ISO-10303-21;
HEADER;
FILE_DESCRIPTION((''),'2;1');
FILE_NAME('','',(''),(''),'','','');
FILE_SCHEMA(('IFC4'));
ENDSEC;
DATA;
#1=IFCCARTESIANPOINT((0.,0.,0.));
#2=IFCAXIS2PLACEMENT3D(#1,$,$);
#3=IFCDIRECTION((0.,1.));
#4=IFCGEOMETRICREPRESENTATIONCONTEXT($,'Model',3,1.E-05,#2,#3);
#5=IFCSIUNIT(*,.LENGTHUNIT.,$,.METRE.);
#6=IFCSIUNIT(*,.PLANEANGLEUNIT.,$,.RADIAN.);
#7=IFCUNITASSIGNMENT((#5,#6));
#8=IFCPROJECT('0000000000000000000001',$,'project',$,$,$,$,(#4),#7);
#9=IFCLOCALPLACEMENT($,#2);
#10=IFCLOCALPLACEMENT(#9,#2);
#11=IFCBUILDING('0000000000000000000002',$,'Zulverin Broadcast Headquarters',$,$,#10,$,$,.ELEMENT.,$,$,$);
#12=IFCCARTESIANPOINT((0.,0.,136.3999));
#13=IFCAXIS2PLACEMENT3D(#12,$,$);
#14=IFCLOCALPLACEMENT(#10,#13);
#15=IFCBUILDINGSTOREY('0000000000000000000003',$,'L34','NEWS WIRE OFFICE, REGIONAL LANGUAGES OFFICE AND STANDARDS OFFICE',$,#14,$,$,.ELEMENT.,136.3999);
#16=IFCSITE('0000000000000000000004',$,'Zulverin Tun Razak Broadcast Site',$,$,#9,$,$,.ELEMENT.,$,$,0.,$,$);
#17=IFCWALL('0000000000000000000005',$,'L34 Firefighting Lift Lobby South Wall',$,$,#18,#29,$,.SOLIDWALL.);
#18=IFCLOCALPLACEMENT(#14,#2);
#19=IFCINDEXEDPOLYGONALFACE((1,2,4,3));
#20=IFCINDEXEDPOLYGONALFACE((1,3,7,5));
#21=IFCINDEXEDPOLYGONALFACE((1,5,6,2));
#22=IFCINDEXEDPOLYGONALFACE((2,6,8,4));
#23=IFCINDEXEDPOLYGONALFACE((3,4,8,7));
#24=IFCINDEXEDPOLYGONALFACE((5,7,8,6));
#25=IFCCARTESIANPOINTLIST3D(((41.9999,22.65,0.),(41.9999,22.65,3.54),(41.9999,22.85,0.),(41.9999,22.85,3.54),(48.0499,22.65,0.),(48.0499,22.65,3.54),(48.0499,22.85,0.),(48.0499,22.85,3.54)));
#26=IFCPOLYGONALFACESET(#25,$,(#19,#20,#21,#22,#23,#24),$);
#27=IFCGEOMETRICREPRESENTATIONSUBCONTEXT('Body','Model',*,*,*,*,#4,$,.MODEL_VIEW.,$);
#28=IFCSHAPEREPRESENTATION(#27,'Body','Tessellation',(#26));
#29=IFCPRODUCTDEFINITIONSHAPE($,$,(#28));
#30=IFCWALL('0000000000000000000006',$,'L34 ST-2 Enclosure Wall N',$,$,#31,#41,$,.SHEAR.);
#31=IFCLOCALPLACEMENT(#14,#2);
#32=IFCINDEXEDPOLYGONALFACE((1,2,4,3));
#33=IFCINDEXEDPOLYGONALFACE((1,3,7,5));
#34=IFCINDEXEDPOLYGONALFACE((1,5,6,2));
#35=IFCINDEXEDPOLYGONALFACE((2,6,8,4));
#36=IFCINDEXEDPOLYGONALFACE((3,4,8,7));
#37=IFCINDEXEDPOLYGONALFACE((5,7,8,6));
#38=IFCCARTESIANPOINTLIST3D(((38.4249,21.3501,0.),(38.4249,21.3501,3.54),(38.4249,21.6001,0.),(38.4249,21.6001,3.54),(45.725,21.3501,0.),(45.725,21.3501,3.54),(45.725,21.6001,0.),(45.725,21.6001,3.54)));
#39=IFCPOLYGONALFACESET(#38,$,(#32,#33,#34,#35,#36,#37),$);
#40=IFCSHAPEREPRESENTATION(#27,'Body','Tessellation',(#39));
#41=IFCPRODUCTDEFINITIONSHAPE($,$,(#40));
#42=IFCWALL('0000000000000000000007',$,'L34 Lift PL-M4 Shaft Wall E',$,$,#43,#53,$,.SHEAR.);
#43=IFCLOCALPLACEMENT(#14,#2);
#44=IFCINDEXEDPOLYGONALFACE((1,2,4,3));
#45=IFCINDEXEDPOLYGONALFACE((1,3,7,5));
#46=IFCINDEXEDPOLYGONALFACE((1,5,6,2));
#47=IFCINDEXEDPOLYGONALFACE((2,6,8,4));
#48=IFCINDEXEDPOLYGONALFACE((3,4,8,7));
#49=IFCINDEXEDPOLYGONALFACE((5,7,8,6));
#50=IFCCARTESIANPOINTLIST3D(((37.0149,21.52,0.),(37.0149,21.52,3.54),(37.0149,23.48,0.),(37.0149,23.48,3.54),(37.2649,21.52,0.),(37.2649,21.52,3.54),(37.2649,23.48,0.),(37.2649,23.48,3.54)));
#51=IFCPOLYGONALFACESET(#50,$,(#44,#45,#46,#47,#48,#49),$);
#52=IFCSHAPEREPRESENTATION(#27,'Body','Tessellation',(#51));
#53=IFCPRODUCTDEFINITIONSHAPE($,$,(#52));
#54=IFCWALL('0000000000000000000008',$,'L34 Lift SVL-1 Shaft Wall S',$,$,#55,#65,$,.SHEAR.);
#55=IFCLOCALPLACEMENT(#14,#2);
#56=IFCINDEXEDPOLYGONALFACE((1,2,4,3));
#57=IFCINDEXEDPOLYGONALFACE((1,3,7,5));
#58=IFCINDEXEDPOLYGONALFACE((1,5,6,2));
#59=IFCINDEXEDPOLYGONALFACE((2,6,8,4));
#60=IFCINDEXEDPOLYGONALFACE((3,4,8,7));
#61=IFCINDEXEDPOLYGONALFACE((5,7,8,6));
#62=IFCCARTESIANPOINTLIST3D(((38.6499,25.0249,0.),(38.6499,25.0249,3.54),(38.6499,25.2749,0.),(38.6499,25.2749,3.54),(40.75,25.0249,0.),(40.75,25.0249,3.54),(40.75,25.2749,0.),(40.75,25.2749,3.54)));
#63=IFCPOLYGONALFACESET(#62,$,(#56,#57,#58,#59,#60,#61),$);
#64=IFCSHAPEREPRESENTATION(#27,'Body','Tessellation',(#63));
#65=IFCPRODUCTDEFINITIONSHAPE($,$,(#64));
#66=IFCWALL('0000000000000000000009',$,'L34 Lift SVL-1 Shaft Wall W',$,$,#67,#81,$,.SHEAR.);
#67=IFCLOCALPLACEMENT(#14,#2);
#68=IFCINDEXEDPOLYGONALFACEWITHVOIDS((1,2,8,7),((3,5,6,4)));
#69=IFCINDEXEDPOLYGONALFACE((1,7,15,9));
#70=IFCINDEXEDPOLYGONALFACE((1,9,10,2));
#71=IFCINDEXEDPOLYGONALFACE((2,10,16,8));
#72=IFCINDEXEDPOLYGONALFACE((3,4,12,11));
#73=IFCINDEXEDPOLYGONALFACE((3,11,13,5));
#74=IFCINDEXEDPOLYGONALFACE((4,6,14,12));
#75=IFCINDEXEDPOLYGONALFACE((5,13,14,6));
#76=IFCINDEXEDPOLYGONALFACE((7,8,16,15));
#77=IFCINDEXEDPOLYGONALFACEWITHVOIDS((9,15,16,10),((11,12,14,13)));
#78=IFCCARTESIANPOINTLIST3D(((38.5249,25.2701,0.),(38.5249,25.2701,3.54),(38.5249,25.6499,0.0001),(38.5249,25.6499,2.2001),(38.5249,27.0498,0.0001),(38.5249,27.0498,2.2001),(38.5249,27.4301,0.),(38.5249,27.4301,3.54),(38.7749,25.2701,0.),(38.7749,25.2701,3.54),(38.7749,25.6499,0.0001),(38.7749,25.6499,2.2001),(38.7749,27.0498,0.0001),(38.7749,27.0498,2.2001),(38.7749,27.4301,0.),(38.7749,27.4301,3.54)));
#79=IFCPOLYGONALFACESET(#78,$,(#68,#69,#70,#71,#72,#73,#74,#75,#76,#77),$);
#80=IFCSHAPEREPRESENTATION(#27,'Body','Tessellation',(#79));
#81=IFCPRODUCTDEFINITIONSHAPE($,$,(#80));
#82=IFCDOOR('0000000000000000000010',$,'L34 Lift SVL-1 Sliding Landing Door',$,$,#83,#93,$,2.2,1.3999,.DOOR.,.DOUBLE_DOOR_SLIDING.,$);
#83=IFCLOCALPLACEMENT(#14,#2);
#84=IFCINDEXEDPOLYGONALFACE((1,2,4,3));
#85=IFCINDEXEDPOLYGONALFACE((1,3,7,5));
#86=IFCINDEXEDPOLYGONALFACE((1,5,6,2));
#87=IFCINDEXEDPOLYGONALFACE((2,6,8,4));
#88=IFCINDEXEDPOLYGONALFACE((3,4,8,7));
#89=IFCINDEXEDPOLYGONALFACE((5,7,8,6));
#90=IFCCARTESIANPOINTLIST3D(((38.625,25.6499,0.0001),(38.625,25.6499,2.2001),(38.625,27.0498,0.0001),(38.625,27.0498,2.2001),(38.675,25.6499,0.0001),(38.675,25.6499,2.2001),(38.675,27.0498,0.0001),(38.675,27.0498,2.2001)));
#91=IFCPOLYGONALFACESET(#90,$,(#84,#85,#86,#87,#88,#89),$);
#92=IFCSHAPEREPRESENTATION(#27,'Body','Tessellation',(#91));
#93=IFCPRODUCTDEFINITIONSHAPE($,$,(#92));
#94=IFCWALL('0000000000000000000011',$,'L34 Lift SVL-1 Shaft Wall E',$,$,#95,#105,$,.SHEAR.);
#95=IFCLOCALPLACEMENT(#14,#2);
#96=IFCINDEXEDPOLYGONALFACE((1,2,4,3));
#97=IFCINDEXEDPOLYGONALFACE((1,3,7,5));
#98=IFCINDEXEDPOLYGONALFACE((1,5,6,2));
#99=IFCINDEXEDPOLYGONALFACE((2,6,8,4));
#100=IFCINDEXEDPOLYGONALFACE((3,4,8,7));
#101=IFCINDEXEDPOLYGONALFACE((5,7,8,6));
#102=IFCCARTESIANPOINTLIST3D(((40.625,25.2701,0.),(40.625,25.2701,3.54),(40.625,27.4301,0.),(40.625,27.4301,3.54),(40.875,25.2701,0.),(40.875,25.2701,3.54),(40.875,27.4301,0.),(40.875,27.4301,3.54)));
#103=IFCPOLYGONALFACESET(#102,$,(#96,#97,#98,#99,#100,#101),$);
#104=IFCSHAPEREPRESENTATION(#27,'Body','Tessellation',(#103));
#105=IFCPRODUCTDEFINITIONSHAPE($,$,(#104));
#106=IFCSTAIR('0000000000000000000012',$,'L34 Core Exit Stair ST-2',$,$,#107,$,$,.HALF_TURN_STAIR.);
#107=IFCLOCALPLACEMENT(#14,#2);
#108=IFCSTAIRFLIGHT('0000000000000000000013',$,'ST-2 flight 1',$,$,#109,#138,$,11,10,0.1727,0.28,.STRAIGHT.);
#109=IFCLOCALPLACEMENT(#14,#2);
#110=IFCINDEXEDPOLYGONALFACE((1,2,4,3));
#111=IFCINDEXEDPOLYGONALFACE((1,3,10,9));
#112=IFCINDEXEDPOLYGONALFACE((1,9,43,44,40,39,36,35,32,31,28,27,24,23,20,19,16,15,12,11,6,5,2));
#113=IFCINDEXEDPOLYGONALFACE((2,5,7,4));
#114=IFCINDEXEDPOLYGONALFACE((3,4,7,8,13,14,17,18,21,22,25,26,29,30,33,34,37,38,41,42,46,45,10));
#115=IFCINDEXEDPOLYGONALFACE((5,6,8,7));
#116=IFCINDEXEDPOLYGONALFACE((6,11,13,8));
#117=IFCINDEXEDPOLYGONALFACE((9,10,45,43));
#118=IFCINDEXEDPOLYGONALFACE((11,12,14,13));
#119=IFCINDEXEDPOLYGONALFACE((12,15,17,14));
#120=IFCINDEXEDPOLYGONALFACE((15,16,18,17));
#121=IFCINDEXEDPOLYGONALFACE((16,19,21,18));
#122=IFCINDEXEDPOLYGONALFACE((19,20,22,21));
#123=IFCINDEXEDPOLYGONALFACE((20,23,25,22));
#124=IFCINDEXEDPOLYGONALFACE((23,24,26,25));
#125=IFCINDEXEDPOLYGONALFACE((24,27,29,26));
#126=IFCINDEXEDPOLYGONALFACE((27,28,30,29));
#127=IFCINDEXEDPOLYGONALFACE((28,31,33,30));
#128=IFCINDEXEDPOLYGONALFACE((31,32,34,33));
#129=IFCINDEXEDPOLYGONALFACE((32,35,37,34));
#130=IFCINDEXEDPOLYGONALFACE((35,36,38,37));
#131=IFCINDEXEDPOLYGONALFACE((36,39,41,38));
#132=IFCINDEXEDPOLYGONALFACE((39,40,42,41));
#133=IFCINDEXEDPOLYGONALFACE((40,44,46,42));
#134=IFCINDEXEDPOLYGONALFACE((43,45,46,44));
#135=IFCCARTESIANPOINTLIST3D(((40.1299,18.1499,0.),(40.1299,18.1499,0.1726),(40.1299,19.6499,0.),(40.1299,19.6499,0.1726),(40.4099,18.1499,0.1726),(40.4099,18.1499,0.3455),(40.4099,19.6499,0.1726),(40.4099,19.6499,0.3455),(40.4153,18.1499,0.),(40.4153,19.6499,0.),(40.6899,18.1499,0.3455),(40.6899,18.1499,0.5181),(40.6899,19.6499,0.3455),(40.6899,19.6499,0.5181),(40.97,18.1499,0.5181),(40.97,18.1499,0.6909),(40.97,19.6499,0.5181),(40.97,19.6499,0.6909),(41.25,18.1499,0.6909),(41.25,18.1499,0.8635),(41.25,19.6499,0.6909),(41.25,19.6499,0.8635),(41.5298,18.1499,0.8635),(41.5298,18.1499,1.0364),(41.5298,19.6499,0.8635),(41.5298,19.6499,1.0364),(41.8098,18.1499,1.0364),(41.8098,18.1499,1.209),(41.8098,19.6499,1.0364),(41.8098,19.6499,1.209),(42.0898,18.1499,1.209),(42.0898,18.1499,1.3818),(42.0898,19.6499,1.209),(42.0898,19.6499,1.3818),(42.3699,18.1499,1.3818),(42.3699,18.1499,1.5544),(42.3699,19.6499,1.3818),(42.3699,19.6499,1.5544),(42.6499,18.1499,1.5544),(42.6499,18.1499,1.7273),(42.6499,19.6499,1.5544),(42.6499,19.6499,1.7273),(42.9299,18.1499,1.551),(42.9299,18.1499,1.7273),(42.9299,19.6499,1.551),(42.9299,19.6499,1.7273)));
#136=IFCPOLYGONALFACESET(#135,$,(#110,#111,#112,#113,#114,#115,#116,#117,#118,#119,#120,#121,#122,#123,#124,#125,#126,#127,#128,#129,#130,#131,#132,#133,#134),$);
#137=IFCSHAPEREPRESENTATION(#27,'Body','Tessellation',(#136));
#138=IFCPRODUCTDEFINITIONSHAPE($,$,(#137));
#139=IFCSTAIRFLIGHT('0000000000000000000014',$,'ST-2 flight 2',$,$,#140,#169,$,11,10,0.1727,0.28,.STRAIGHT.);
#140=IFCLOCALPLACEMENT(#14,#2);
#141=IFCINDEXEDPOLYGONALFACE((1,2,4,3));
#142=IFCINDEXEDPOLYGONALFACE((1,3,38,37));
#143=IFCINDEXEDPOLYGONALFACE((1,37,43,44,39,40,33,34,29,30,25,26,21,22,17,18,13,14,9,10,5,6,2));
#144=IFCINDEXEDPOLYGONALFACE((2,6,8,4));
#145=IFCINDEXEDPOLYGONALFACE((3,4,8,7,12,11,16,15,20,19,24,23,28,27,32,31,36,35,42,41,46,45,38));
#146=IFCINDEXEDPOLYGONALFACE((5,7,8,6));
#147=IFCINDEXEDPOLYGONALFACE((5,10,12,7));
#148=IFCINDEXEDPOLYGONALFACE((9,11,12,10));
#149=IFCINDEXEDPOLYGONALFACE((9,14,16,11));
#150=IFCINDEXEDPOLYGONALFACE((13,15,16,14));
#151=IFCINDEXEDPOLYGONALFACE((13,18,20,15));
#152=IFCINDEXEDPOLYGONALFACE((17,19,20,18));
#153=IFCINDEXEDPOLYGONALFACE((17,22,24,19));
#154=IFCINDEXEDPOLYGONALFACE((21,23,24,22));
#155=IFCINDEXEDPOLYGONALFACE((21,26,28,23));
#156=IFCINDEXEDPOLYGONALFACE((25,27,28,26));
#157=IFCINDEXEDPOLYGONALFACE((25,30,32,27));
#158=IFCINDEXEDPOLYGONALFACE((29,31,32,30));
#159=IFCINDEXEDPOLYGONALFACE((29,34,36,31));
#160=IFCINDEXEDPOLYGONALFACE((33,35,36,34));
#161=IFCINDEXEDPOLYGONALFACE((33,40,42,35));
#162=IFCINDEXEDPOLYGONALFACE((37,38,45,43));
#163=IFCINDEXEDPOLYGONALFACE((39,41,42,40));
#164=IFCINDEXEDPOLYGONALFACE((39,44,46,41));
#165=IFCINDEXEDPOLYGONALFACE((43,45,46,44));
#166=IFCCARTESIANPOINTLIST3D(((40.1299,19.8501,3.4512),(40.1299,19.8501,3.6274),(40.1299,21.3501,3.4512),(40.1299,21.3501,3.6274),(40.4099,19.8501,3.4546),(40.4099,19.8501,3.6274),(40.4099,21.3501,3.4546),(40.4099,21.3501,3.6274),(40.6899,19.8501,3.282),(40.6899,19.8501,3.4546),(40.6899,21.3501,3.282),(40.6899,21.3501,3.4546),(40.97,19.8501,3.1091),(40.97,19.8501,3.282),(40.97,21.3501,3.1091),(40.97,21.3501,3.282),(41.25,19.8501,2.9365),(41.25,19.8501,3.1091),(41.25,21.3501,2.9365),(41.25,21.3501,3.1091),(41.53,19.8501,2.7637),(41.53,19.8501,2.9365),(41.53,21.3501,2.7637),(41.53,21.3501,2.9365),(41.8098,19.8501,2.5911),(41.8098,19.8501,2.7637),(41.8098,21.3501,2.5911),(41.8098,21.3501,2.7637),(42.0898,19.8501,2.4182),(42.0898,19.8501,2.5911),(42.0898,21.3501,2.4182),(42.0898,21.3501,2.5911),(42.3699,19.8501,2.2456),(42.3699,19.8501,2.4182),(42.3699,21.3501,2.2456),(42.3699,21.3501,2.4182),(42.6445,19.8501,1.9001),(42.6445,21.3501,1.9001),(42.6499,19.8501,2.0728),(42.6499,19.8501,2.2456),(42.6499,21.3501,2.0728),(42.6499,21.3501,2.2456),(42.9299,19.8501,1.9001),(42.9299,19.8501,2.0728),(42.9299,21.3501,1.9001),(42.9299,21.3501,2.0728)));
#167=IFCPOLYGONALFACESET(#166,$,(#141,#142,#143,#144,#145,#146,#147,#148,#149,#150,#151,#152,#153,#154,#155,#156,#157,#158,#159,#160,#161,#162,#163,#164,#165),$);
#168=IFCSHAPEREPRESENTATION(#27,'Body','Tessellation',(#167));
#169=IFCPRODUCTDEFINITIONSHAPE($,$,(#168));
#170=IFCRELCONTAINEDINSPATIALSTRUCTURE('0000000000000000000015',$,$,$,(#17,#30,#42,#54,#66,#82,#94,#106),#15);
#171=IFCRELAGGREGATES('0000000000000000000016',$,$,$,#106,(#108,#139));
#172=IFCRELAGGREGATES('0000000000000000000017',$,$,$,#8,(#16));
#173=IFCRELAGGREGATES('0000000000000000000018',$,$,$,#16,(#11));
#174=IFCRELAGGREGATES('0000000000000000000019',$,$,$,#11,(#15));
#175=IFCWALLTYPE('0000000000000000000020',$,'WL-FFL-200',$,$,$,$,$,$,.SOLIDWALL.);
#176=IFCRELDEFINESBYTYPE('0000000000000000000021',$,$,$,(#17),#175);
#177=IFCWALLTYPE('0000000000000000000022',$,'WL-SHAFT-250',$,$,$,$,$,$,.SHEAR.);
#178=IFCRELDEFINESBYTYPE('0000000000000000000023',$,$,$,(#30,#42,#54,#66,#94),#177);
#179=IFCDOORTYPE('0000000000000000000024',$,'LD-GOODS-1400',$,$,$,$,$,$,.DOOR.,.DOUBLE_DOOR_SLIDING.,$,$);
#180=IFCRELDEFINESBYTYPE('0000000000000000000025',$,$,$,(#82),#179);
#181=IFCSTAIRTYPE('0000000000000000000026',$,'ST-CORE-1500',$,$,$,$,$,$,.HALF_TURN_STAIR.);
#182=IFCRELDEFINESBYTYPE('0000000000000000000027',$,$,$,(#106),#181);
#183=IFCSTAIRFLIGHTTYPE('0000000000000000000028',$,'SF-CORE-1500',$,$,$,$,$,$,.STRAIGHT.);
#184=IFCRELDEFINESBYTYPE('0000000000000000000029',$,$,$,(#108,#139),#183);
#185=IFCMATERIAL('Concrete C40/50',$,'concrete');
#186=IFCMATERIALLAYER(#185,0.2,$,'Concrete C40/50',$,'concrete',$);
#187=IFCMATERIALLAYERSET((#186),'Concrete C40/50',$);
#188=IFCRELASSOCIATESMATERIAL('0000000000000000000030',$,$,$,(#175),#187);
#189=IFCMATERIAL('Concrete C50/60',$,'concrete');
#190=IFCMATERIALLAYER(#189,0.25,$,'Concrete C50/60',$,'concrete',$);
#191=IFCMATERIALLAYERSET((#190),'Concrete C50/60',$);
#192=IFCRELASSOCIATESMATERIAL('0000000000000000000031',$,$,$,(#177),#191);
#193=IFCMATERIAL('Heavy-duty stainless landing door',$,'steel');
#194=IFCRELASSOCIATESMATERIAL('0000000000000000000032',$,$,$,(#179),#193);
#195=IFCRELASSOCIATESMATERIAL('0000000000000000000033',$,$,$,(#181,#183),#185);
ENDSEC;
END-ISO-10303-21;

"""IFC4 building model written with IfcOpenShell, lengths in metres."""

from ifc_helpers import new_model, si_unit, direction, frame, frame_2d, origin, place, context, subcontext, project, spatial, polyline, rectangle, outline, extrude, material, layer, layer_set, type_object, element, fill, aggregate, save


model = new_model("IFC4")

# Units and contexts
model_context = context("Model", 3, precision=1e-05, world=origin(), true_north=direction((0.0, 1.0)))
body_context = subcontext(model_context, "Body", "Model", "MODEL_VIEW")
ifc_project = project(units=[si_unit("LENGTHUNIT", "METRE"), si_unit("PLANEANGLEUNIT", "RADIAN")], contexts=[model_context])

# Site, building, storey
site_placement = place(None, origin())
site = spatial("IfcSite", under=ifc_project, at=site_placement, Name="Zulverin Tun Razak Broadcast Site", CompositionType="ELEMENT", RefElevation=0.0)
building_placement = place(site_placement, origin())
building = spatial("IfcBuilding", under=site, at=building_placement, Name="Zulverin Broadcast Headquarters", CompositionType="ELEMENT")
storey_placement = place(building_placement, frame((0.0, 0.0, 136.3999)))
storey = spatial("IfcBuildingStorey", under=building, at=storey_placement, Name="L34", Description="NEWS WIRE OFFICE, REGIONAL LANGUAGES OFFICE AND STANDARDS OFFICE", CompositionType="ELEMENT", Elevation=136.3999)

# Shared definitions
ifc_material_1 = material(Name="Concrete C40/50", Category="concrete")
ifc_layer_1 = layer(ifc_material_1, 0.2, Name="Concrete C40/50", Category="concrete")
ifc_layer_set_1 = layer_set([ifc_layer_1], Name="Concrete C40/50")
wall_type_1 = type_object("IfcWallType", Name="WL-FFL-200", PredefinedType="SOLIDWALL", material=ifc_layer_set_1)

# Walls
wall_1_placement = place(storey_placement, frame((42.0, 22.75, 0.0), z_axis=(0.0, 0.0, 1.0), x_axis=(1.0, 0.0, 0.0)))
element("IfcWall", 1, at=wall_1_placement, inside=storey, type_object=wall_type_1, Name="L34 Firefighting Lift Lobby South Wall", PredefinedType="SOLIDWALL", context=body_context, shape_type="SweptSolid", body=[
    extrude(rectangle(XDim=6.05, YDim=0.2, at=frame_2d((3.0249, 0.0))), origin(), (0.0, 0.0, 1.0), 3.54),
])
ifc_material_2 = material(Name="Concrete C50/60", Category="concrete")
ifc_layer_2 = layer(ifc_material_2, 0.25, Name="Concrete C50/60", Category="concrete")
ifc_layer_set_2 = layer_set([ifc_layer_2], Name="Concrete C50/60")
wall_type_2 = type_object("IfcWallType", Name="WL-SHAFT-250", PredefinedType="SHEAR", material=ifc_layer_set_2)
wall_2_placement = place(storey_placement, frame((38.425, 21.4751, 0.0), z_axis=(0.0, 0.0, 1.0), x_axis=(1.0, 0.0, 0.0)))
element("IfcWall", 2, at=wall_2_placement, inside=storey, type_object=wall_type_2, Name="L34 ST-2 Enclosure Wall N", PredefinedType="SHEAR", context=body_context, shape_type="SweptSolid", body=[
    extrude(rectangle(XDim=7.3, YDim=0.25, at=frame_2d((3.6499, 0.0))), origin(), (0.0, 0.0, 1.0), 3.54),
])
wall_3_placement = place(storey_placement, frame((37.1399, 21.52, 0.0), z_axis=(0.0, 0.0, 1.0), x_axis=(0.0, 1.0, 0.0)))
element("IfcWall", 3, at=wall_3_placement, inside=storey, type_object=wall_type_2, Name="L34 Lift PL-M4 Shaft Wall E", PredefinedType="SHEAR", context=body_context, shape_type="SweptSolid", body=[
    extrude(rectangle(XDim=1.96, YDim=0.25, at=frame_2d((0.98, 0.0))), origin(), (0.0, 0.0, 1.0), 3.54),
])

# Wall
wall_4_placement = place(storey_placement, frame((38.6499, 25.1499, 0.0), z_axis=(0.0, 0.0, 1.0), x_axis=(1.0, 0.0, 0.0)))
element("IfcWall", 4, at=wall_4_placement, inside=storey, type_object=wall_type_2, Name="L34 Lift SVL-1 Shaft Wall S", PredefinedType="SHEAR", context=body_context, shape_type="SweptSolid", body=[
    extrude(rectangle(XDim=2.1001, YDim=0.25, at=frame_2d((1.05, 0.0))), origin(), (0.0, 0.0, 1.0), 3.54),
])

# Wall, opening, door
wall_5_placement = place(storey_placement, frame((38.6499, 25.27, 0.0), z_axis=(0.0, 0.0, 1.0), x_axis=(0.0, 1.0, 0.0)))
wall_5 = element("IfcWall", 5, at=wall_5_placement, inside=storey, type_object=wall_type_2, Name="L34 Lift SVL-1 Shaft Wall W", PredefinedType="SHEAR", context=body_context, shape_type="SweptSolid", body=[
    extrude(rectangle(XDim=2.1599, YDim=0.25, at=frame_2d((1.0801, 0.0))), origin(), (0.0, 0.0, 1.0), 3.54),
])
opening_1_placement = place(wall_5_placement, frame((0.3799, 0.0, 0.0)))
opening_1 = element("IfcOpeningElement", 6, at=opening_1_placement, cuts=wall_5, PredefinedType="OPENING", context=body_context, shape_type="SweptSolid", body=[
    extrude(rectangle(XDim=1.3999, YDim=2.2, at=frame_2d((0.7, 1.1001))), frame((0.0, 0.135, 0.0), z_axis=(0.0, -1.0, 0.0), x_axis=(1.0, 0.0, 0.0)), (0.0, 0.0, 1.0), 0.27),
])
ifc_material_3 = material(Name="Heavy-duty stainless landing door", Category="steel")
door_type_1 = type_object("IfcDoorType", Name="LD-GOODS-1400", OperationType="DOUBLE_DOOR_SLIDING", PredefinedType="DOOR", material=ifc_material_3)
door_1_placement = place(opening_1_placement, origin())
door_1 = element("IfcDoor", 7, at=door_1_placement, inside=storey, type_object=door_type_1, Name="L34 Lift SVL-1 Sliding Landing Door", OperationType="DOUBLE_DOOR_SLIDING", OverallHeight=2.2, OverallWidth=1.3999, PredefinedType="DOOR", context=body_context, shape_type="SweptSolid", body=[
    extrude(rectangle(XDim=1.3999, YDim=2.2, at=frame_2d((0.7, 1.1001))), frame((0.0, 0.0249, 0.0), z_axis=(0.0, -1.0, 0.0), x_axis=(1.0, 0.0, 0.0)), (0.0, 0.0, 1.0), 0.05),
])
fill(opening_1, door_1)

# Wall
wall_6_placement = place(storey_placement, frame((40.75, 25.27, 0.0), z_axis=(0.0, 0.0, 1.0), x_axis=(0.0, 1.0, 0.0)))
element("IfcWall", 8, at=wall_6_placement, inside=storey, type_object=wall_type_2, Name="L34 Lift SVL-1 Shaft Wall E", PredefinedType="SHEAR", context=body_context, shape_type="SweptSolid", body=[
    extrude(rectangle(XDim=2.1599, YDim=0.25, at=frame_2d((1.0801, 0.0))), origin(), (0.0, 0.0, 1.0), 3.54),
])

# Stair, stair flights
stair_type = type_object("IfcStairType", Name="ST-CORE-1500", PredefinedType="HALF_TURN_STAIR", material=ifc_material_1)
stair_placement = place(storey_placement, origin())
stair = element("IfcStair", 9, at=stair_placement, inside=storey, type_object=stair_type, Name="L34 Core Exit Stair ST-2", PredefinedType="HALF_TURN_STAIR")
stair_flight_type = type_object("IfcStairFlightType", Name="SF-CORE-1500", PredefinedType="STRAIGHT", material=ifc_material_1)
stair_flight_1_placement = place(storey_placement, frame((40.1299, 18.8999, 0.0), z_axis=(0.0, 0.0, 1.0), x_axis=(1.0, 0.0, 0.0)))
stair_flight_1 = element("IfcStairFlight", 10, at=stair_flight_1_placement, type_object=stair_flight_type, Name="ST-2 flight 1", NumberOfRisers=11, NumberOfTreads=10, PredefinedType="STRAIGHT", RiserHeight=0.1727, TreadLength=0.28, context=body_context, shape_type="SweptSolid", body=[
    extrude(outline(polyline([(0.0, 0.0), (0.0, 0.1726), (0.28, 0.1726), (0.28, 0.3455), (0.5601, 0.3455), (0.5601, 0.5181), (0.8401, 0.5181), (0.8401, 0.6909), (1.1201, 0.6909), (1.1201, 0.8635), (1.3999, 0.8635), (1.3999, 1.0364), (1.6799, 1.0364), (1.6799, 1.209), (1.96, 1.209), (1.96, 1.3818), (2.24, 1.3818), (2.24, 1.5544), (2.52, 1.5544), (2.52, 1.7273), (2.8, 1.7273), (2.8, 1.8999), (2.8, 1.551), (0.2854, 0.0), (0.0, 0.0)])), frame((0.0, 0.75, 0.0), z_axis=(0.0, -1.0, 0.0), x_axis=(1.0, 0.0, 0.0)), (0.0, 0.0, 1.0), 1.5),
])
stair_flight_2_placement = place(storey_placement, frame((42.9299, 20.6001, 1.9001), z_axis=(0.0, 0.0, 1.0), x_axis=(-1.0, 0.0, 0.0)))
stair_flight_2 = element("IfcStairFlight", 11, at=stair_flight_2_placement, type_object=stair_flight_type, Name="ST-2 flight 2", NumberOfRisers=11, NumberOfTreads=10, PredefinedType="STRAIGHT", RiserHeight=0.1727, TreadLength=0.28, context=body_context, shape_type="SweptSolid", body=[
    extrude(outline(polyline([(0.0, 0.0), (0.0, 0.1726), (0.28, 0.1726), (0.28, 0.3455), (0.5601, 0.3455), (0.5601, 0.5181), (0.8401, 0.5181), (0.8401, 0.6909), (1.1201, 0.6909), (1.1201, 0.8635), (1.3999, 0.8635), (1.3999, 1.0364), (1.6799, 1.0364), (1.6799, 1.209), (1.96, 1.209), (1.96, 1.3818), (2.24, 1.3818), (2.24, 1.5544), (2.52, 1.5544), (2.52, 1.7273), (2.8, 1.7273), (2.8, 1.8999), (2.8, 1.551), (0.2854, 0.0), (0.0, 0.0)])), frame((0.0, 0.75, 0.0), z_axis=(0.0, -1.0, 0.0), x_axis=(1.0, 0.0, 0.0)), (0.0, 0.0, 1.0), 1.5),
])
aggregate(stair, [stair_flight_1, stair_flight_2])

save(model, "model.ifc")
